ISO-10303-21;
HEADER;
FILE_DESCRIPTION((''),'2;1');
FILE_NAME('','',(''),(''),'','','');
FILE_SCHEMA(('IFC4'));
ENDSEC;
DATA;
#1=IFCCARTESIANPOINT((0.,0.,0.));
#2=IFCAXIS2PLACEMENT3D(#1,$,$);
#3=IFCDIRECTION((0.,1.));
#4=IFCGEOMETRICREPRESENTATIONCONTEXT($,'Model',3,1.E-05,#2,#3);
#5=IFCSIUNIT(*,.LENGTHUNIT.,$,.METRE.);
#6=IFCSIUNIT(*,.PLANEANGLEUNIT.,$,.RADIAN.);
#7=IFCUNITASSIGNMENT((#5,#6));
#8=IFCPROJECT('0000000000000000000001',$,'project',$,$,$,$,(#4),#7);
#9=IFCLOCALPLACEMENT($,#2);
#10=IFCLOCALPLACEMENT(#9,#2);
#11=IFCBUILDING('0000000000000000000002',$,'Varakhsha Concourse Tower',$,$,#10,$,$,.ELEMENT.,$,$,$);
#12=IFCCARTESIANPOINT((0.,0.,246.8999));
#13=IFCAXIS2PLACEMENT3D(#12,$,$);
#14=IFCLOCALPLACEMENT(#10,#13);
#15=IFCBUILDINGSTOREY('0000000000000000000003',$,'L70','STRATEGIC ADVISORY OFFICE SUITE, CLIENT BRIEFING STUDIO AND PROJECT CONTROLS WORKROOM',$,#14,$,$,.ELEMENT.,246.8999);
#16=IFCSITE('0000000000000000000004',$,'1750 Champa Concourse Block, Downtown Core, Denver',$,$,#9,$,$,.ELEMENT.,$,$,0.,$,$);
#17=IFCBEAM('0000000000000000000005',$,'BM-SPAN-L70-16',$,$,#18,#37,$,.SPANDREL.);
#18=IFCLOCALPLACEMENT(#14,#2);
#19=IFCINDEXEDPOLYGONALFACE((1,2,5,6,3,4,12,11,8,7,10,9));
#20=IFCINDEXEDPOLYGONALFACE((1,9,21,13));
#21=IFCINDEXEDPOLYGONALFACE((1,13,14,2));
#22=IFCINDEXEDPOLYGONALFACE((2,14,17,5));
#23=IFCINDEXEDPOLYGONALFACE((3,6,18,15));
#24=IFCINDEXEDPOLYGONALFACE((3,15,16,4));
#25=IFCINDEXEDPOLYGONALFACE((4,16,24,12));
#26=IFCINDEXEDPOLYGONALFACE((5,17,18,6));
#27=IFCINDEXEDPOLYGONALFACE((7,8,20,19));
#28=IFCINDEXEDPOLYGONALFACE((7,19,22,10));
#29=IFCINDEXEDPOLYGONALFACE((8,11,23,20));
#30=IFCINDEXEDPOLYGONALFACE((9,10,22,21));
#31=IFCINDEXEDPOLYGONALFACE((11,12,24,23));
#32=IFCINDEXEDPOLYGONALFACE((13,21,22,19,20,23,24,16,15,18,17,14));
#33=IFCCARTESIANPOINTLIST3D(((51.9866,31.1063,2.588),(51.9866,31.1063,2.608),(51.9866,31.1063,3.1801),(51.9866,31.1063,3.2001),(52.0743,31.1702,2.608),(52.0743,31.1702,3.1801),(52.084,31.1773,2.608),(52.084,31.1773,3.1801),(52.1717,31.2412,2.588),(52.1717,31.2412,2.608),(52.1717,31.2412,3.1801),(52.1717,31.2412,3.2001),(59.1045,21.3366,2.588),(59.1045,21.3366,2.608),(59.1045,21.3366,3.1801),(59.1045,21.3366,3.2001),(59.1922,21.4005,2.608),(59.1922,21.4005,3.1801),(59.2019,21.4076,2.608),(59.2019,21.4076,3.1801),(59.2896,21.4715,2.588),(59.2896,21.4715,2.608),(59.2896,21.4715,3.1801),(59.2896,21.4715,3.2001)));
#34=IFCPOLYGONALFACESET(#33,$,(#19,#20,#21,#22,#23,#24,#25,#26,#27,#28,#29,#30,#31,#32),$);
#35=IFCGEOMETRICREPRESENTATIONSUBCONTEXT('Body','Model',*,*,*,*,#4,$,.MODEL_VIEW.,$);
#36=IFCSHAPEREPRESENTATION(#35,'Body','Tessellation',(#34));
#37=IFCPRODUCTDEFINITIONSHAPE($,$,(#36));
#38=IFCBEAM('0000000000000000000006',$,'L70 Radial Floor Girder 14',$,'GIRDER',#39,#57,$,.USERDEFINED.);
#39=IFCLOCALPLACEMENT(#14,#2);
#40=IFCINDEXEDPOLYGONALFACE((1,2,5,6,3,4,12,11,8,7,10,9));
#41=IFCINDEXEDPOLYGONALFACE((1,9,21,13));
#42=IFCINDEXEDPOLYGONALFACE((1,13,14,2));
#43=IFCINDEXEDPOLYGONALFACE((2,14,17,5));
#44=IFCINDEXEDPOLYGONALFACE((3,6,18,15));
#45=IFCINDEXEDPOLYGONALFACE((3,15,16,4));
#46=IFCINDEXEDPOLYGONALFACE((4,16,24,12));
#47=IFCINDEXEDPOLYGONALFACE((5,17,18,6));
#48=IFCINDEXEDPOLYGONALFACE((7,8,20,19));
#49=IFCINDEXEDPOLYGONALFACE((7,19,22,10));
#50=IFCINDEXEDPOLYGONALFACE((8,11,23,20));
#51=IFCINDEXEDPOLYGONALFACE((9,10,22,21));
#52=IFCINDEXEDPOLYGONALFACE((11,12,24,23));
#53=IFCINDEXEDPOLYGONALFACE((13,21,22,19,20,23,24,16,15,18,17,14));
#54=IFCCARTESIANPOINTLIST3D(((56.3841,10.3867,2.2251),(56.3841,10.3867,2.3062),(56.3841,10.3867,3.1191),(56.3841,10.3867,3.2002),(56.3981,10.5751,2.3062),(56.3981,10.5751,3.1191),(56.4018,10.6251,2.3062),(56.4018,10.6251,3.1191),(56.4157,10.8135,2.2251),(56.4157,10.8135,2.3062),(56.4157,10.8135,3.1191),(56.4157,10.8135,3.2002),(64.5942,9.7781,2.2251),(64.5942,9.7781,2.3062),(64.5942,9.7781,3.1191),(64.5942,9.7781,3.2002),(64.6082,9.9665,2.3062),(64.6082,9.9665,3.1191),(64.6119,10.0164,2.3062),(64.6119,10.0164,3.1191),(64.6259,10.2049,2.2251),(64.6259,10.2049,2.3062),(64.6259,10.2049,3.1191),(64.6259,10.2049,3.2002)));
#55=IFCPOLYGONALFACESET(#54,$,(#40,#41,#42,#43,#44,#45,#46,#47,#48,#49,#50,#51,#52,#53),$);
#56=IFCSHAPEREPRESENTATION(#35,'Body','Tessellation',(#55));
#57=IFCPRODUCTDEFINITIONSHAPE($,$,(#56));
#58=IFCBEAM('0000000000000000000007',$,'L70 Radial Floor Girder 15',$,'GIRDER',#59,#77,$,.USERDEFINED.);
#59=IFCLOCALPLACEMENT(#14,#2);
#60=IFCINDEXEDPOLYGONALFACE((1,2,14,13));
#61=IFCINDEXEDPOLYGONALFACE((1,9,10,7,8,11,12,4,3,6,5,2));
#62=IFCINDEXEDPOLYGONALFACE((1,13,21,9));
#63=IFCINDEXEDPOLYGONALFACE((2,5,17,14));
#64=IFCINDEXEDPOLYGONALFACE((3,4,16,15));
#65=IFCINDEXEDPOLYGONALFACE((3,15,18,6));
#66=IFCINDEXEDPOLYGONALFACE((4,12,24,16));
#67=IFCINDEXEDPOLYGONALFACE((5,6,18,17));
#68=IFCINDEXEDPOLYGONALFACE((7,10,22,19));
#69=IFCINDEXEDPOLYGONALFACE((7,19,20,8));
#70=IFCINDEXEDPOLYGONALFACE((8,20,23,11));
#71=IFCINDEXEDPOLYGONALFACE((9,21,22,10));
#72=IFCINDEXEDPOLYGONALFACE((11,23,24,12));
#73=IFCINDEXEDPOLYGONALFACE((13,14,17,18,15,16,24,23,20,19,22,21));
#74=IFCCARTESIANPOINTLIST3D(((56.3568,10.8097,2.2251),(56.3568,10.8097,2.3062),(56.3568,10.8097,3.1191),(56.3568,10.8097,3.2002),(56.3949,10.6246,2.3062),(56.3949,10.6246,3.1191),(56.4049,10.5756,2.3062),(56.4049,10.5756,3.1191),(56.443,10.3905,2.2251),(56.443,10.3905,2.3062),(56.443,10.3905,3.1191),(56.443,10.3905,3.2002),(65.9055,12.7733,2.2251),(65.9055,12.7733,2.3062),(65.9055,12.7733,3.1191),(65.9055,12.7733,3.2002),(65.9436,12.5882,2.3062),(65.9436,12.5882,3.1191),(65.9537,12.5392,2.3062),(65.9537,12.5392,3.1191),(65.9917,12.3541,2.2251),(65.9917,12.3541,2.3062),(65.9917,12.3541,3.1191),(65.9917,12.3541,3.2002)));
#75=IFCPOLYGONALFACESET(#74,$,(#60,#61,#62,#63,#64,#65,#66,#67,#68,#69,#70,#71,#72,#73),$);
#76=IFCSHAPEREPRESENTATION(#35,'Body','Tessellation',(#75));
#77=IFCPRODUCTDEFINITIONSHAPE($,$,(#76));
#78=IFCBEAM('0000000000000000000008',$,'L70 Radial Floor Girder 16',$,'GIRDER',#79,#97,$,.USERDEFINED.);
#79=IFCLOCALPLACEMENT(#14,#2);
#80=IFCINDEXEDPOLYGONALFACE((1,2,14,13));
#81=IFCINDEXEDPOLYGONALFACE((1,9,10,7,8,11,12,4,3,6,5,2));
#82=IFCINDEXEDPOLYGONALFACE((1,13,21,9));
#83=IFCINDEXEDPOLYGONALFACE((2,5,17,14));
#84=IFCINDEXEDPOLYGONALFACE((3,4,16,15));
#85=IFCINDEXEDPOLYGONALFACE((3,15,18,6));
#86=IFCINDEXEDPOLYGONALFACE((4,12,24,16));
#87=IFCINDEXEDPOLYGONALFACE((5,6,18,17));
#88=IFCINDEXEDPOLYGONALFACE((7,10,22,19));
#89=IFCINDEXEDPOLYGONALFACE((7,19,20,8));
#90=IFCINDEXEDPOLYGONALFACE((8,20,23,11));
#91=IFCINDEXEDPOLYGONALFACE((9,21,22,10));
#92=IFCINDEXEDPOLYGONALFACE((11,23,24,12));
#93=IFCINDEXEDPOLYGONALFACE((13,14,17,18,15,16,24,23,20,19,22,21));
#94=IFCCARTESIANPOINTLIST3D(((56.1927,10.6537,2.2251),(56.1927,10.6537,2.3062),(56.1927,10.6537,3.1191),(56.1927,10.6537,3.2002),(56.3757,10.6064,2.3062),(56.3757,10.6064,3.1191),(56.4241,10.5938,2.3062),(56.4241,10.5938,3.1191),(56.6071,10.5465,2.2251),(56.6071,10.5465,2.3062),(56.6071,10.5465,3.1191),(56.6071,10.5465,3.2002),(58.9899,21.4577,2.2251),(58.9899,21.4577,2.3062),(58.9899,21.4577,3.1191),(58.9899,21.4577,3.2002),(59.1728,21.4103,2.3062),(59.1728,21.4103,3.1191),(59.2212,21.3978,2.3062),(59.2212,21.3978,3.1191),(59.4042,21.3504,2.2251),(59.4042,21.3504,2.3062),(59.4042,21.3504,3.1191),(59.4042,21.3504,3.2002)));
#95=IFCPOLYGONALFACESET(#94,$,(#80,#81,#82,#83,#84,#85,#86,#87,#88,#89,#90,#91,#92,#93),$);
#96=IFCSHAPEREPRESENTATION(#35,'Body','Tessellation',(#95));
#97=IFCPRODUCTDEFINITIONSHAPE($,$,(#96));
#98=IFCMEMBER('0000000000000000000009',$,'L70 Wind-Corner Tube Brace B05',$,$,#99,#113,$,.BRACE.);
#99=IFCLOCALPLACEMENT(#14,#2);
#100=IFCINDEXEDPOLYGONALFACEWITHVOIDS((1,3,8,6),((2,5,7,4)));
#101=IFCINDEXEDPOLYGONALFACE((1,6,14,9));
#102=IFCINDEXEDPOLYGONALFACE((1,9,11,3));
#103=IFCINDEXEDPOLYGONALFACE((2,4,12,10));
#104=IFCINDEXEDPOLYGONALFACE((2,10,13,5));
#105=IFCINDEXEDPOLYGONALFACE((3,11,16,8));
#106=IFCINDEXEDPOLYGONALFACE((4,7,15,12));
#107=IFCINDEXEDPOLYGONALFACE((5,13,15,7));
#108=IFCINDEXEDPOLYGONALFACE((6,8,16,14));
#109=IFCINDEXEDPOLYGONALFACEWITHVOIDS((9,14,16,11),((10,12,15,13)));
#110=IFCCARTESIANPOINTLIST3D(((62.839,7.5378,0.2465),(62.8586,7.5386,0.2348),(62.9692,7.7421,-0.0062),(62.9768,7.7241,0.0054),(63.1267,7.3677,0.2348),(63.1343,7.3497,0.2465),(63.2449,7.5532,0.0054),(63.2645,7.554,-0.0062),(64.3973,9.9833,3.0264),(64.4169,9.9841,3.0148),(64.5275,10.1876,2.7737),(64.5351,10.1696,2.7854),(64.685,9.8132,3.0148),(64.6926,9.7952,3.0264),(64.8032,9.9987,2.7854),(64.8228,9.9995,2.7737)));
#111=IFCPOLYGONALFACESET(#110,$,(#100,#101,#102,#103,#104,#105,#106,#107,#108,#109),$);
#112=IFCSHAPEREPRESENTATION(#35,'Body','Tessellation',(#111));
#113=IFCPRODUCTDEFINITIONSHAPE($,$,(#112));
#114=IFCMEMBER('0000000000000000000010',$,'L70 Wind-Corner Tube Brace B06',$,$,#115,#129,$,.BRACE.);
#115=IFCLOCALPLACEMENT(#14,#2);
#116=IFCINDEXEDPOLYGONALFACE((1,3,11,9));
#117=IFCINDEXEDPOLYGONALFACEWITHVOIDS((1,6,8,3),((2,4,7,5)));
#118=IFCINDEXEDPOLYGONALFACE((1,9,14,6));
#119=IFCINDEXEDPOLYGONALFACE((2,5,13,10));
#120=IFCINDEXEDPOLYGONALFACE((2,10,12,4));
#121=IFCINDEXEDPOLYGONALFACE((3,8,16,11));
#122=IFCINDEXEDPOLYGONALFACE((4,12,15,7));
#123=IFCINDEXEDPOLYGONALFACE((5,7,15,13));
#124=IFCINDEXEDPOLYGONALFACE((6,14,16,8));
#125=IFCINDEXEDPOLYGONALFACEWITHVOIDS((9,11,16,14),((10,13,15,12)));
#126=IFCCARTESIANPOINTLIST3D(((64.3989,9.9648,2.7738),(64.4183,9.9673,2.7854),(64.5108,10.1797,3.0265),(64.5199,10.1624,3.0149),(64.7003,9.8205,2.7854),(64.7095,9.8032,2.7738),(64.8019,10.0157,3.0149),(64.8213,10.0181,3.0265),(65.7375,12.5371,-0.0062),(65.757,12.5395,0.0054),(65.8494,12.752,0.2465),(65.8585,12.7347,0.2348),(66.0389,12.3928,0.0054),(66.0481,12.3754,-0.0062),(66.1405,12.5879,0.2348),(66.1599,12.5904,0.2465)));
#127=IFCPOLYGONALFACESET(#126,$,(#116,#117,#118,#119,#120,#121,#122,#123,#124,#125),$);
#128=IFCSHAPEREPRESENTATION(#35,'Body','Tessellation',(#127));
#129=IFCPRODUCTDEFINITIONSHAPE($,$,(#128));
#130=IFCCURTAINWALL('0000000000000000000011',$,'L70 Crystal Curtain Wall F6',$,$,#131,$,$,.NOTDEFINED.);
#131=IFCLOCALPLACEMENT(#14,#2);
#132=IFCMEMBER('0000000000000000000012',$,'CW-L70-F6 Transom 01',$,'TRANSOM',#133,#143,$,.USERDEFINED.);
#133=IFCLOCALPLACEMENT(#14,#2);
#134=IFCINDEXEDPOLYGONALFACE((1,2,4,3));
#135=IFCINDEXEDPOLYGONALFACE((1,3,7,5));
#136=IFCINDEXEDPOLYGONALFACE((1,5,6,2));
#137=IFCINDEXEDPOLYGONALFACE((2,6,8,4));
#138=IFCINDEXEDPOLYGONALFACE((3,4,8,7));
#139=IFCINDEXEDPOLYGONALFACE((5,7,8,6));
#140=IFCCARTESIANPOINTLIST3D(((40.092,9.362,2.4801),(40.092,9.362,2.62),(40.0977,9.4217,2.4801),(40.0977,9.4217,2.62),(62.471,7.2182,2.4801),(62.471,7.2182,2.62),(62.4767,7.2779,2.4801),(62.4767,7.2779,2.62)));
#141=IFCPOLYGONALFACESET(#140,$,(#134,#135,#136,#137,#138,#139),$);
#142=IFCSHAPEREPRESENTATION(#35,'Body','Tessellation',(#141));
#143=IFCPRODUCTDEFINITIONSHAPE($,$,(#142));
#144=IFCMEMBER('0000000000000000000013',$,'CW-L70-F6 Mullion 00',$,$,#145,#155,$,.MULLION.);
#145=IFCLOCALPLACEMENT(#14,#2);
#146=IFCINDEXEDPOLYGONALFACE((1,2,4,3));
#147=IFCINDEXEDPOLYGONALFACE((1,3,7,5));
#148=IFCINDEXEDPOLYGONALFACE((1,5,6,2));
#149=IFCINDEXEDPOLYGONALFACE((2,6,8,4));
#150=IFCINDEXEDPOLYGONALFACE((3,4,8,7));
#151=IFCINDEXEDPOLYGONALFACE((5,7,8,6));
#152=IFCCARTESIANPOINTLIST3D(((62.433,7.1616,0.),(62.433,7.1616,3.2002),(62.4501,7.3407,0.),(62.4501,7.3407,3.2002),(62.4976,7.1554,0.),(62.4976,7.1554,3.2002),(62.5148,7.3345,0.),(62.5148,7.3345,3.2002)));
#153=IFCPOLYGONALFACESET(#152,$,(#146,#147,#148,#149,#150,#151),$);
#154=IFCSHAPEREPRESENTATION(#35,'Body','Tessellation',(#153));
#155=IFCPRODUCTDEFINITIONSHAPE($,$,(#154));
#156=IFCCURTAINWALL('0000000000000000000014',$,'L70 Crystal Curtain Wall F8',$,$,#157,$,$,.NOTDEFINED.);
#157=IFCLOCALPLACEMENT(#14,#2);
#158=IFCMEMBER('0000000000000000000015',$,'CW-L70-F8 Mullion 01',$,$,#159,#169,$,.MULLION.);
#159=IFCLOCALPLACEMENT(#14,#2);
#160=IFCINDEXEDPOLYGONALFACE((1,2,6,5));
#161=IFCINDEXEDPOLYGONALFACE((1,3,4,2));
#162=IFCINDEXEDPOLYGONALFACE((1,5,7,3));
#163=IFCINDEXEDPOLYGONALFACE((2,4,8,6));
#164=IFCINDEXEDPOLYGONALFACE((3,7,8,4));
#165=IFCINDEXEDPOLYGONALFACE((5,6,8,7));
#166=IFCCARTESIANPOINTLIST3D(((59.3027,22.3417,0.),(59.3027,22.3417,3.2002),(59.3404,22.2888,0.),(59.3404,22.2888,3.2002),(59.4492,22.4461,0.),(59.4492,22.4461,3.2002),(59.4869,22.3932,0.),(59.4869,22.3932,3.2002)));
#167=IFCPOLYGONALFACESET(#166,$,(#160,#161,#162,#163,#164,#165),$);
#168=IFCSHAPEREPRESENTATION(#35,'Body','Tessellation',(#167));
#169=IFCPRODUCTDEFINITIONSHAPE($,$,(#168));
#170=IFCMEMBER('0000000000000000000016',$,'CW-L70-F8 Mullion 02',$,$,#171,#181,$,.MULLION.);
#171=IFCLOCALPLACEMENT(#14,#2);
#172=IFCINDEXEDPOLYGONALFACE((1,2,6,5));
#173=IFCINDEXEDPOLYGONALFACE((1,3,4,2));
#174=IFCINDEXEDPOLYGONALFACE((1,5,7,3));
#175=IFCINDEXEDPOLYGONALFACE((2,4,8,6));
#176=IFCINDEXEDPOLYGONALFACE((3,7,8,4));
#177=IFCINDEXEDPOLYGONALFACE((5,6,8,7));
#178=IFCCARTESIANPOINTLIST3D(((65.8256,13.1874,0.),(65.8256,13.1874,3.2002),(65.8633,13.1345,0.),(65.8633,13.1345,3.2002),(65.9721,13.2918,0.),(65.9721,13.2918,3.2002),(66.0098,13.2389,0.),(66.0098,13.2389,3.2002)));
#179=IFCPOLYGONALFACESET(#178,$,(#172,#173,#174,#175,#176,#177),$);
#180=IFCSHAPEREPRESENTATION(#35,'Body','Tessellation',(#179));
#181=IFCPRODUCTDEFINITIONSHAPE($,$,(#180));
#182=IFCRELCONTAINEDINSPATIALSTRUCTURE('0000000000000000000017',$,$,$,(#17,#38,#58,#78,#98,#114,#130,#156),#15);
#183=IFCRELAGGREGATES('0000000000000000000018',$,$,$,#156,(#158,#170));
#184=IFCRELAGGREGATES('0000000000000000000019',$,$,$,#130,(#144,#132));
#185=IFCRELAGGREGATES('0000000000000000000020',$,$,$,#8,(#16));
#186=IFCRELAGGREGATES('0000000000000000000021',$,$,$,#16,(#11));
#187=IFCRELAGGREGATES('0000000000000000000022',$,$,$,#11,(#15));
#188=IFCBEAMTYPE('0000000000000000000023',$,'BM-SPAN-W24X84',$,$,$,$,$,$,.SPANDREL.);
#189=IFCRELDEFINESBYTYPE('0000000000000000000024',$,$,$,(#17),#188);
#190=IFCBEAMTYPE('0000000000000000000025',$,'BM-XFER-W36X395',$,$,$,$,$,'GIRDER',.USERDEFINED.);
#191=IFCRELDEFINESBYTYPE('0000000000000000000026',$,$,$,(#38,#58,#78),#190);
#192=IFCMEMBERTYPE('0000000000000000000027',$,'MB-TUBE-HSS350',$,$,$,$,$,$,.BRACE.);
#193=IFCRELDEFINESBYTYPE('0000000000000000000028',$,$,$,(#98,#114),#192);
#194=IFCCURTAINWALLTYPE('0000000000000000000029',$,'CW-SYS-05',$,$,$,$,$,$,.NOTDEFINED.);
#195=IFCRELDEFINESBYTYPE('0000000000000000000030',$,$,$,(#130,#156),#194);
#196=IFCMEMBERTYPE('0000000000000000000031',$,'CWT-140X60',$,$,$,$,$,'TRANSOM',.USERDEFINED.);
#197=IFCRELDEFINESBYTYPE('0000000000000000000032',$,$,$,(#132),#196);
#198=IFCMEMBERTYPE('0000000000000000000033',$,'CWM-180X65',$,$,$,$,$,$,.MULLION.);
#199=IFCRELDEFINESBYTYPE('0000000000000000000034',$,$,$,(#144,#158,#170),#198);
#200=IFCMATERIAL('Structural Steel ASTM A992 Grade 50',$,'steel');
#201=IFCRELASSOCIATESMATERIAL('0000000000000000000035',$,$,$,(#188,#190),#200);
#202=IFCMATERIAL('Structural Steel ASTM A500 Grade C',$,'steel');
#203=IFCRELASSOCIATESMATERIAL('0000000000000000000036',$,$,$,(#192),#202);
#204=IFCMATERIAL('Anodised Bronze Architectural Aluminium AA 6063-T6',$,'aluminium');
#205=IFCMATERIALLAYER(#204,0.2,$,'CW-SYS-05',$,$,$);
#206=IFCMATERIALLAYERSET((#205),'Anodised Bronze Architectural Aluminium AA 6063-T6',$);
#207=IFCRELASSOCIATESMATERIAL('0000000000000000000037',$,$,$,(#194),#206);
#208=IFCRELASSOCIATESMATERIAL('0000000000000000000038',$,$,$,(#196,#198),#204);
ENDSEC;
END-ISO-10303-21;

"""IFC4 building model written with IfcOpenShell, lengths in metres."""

from ifc_helpers import new_model, si_unit, direction, frame, origin, origin_2d, place, context, subcontext, project, spatial, rectangle, hollow_rectangle, i_section, extrude, source, transform, mapped, material, layer, layer_set, material_profile, profile_set, type_object, type_shapes, element, aggregate, save


model = new_model("IFC4")

# Units and contexts
model_context = context("Model", 3, precision=1e-05, world=origin(), true_north=direction((0.0, 1.0)))
body_context = subcontext(model_context, "Body", "Model", "MODEL_VIEW")
ifc_project = project(units=[si_unit("LENGTHUNIT", "METRE"), si_unit("PLANEANGLEUNIT", "RADIAN")], contexts=[model_context])

# Site, building, storey
site_placement = place(None, origin())
site = spatial("IfcSite", under=ifc_project, at=site_placement, Name="1750 Champa Concourse Block, Downtown Core, Denver", CompositionType="ELEMENT", RefElevation=0.0)
building_placement = place(site_placement, origin())
building = spatial("IfcBuilding", under=site, at=building_placement, Name="Varakhsha Concourse Tower", CompositionType="ELEMENT")
storey_placement = place(building_placement, frame((0.0, 0.0, 246.8999)))
storey = spatial("IfcBuildingStorey", under=building, at=storey_placement, Name="L70", Description="STRATEGIC ADVISORY OFFICE SUITE, CLIENT BRIEFING STUDIO AND PROJECT CONTROLS WORKROOM", CompositionType="ELEMENT", Elevation=246.8999)

# Beams
ifc_material_1 = material(Name="Structural Steel ASTM A992 Grade 50", Category="steel")
ifc_material_profile_1 = material_profile(ifc_material_1, i_section(OverallWidth=0.229, OverallDepth=0.6121, WebThickness=0.012, FlangeThickness=0.02, at=origin_2d()), Name="W24X84")
ifc_profile_set_1 = profile_set([ifc_material_profile_1], Name="Structural Steel ASTM A992 Grade 50")
beam_type_1 = type_object("IfcBeamType", Name="BM-SPAN-W24X84", PredefinedType="SPANDREL", material=ifc_profile_set_1)
beam_1_placement = place(storey_placement, frame((59.197, 21.4041, 2.894), z_axis=(-0.588855, 0.808239, 0.0), x_axis=(-0.808239, -0.588855, 0.0)))
element("IfcBeam", 1, at=beam_1_placement, inside=storey, type_object=beam_type_1, Name="BM-SPAN-L70-16", PredefinedType="SPANDREL", context=body_context, shape_type="SweptSolid", body=[
    extrude(i_section(OverallWidth=0.229, OverallDepth=0.6121, WebThickness=0.012, FlangeThickness=0.02, at=origin_2d()), origin(), (0.0, 0.0, 1.0), 12.0876),
])
ifc_material_profile_2 = material_profile(ifc_material_1, i_section(OverallWidth=0.428, OverallDepth=0.9751, WebThickness=0.05, FlangeThickness=0.0811, at=origin_2d()), Name="W36X395")
ifc_profile_set_2 = profile_set([ifc_material_profile_2], Name="Structural Steel ASTM A992 Grade 50")
beam_type_2 = type_object("IfcBeamType", Name="BM-XFER-W36X395", ElementType="GIRDER", PredefinedType="USERDEFINED", material=ifc_profile_set_2)
beam_2_placement = place(storey_placement, frame((56.3999, 10.6001, 2.7126), z_axis=(0.997263, -0.07393, 0.0), x_axis=(0.07393, 0.997263, 0.0)))
element("IfcBeam", 2, at=beam_2_placement, inside=storey, type_object=beam_type_2, Name="L70 Radial Floor Girder 14", ObjectType="GIRDER", PredefinedType="USERDEFINED", context=body_context, shape_type="SweptSolid", body=[
    extrude(i_section(OverallWidth=0.428, OverallDepth=0.9751, WebThickness=0.05, FlangeThickness=0.0811, at=origin_2d()), origin(), (0.0, 0.0, 1.0), 8.2327),
])
beam_3_placement = place(storey_placement, frame((56.3999, 10.6001, 2.7126), z_axis=(0.979504, 0.201425, 0.0), x_axis=(-0.201425, 0.979504, 0.0)))
element("IfcBeam", 3, at=beam_3_placement, inside=storey, type_object=beam_type_2, Name="L70 Radial Floor Girder 15", ObjectType="GIRDER", PredefinedType="USERDEFINED", context=body_context, shape_type="SweptSolid", body=[
    extrude(i_section(OverallWidth=0.428, OverallDepth=0.9751, WebThickness=0.05, FlangeThickness=0.0811, at=origin_2d()), origin(), (0.0, 0.0, 1.0), 9.7485),
])
beam_4_placement = place(storey_placement, frame((56.3999, 10.6001, 2.7126), z_axis=(0.250634, 0.968082, 0.0), x_axis=(-0.968082, 0.250634, 0.0)))
element("IfcBeam", 4, at=beam_4_placement, inside=storey, type_object=beam_type_2, Name="L70 Radial Floor Girder 16", ObjectType="GIRDER", PredefinedType="USERDEFINED", context=body_context, shape_type="SweptSolid", body=[
    extrude(i_section(OverallWidth=0.428, OverallDepth=0.9751, WebThickness=0.05, FlangeThickness=0.0811, at=origin_2d()), origin(), (0.0, 0.0, 1.0), 11.1602),
])

# Members
ifc_material_2 = material(Name="Structural Steel ASTM A500 Grade C", Category="steel")
ifc_material_profile_3 = material_profile(ifc_material_2, hollow_rectangle(XDim=0.3501, YDim=0.3501, WallThickness=0.0161, at=origin_2d()), Name="HSS 350x350x16")
ifc_profile_set_3 = profile_set([ifc_material_profile_3], Name="Structural Steel ASTM A500 Grade C")
member_type_1 = type_object("IfcMemberType", Name="MB-TUBE-HSS350", PredefinedType="BRACE", material=ifc_profile_set_3)
shared_shape_1 = source(origin(), body_context, "Body", "SweptSolid", [
    extrude(hollow_rectangle(XDim=0.3501, YDim=0.3501, WallThickness=0.0161, at=origin_2d()), origin(), (0.0, 0.0, 1.0), 4.0171),
])
type_shapes(member_type_1, [shared_shape_1])
for number, where, z_axis, x_axis, name in (
    (5, (63.0518, 7.5459, 0.1201), (0.387921, 0.608774, 0.692034), (-0.843335, 0.537387, 0.0), "L70 Wind-Corner Tube Brace B05"),
    (6, (65.9487, 12.5637, 0.1201), (-0.333232, -0.64033, 0.69205), (0.887069, -0.461636, 0.0), "L70 Wind-Corner Tube Brace B06"),
):
    element("IfcMember", number, at=place(storey_placement, frame(where, z_axis=z_axis, x_axis=x_axis)), inside=storey, type_object=member_type_1, Name=name, PredefinedType="BRACE", context=body_context, shape_type="MappedRepresentation", body=[
        mapped(shared_shape_1, transform((0.0, 0.0, 0.0), scale=1.0)),
    ])

# Curtain walls, members
ifc_material_3 = material(Name="Anodised Bronze Architectural Aluminium AA 6063-T6", Category="aluminium")
ifc_layer_1 = layer(ifc_material_3, 0.2, Name="CW-SYS-05")
ifc_layer_set_1 = layer_set([ifc_layer_1], Name="Anodised Bronze Architectural Aluminium AA 6063-T6")
curtain_wall_type = type_object("IfcCurtainWallType", Name="CW-SYS-05", PredefinedType="NOTDEFINED", material=ifc_layer_set_1)
curtain_wall_1_placement = place(storey_placement, origin())
curtain_wall_1 = element("IfcCurtainWall", 7, at=curtain_wall_1_placement, inside=storey, type_object=curtain_wall_type, Name="L70 Crystal Curtain Wall F6", PredefinedType="NOTDEFINED")
ifc_material_profile_4 = material_profile(ifc_material_3, rectangle(XDim=0.0601, YDim=0.1399, at=origin_2d()), Name="CWT-140X60")
ifc_profile_set_4 = profile_set([ifc_material_profile_4], Name="Anodised Bronze Architectural Aluminium AA 6063-T6")
member_type_2 = type_object("IfcMemberType", Name="CWT-140X60", ElementType="TRANSOM", PredefinedType="USERDEFINED", material=ifc_profile_set_4)
shared_shape_2 = source(origin(), body_context, "Body", "SweptSolid", [
    extrude(rectangle(XDim=0.0601, YDim=0.1399, at=origin_2d()), origin(), (0.0, 0.0, 1.0), 22.4814),
])
type_shapes(member_type_2, [shared_shape_2])
member_1_placement = place(storey_placement, frame((62.4739, 7.248, 2.55), z_axis=(-0.995443, 0.095359, 0.0), x_axis=(-0.095359, -0.995443, 0.0)))
member_1 = element("IfcMember", 8, at=member_1_placement, type_object=member_type_2, Name="CW-L70-F6 Transom 01", ObjectType="TRANSOM", PredefinedType="USERDEFINED", context=body_context, shape_type="MappedRepresentation", body=[
    mapped(shared_shape_2, transform((0.0, 0.0, 0.0), scale=1.0)),
])
ifc_material_profile_5 = material_profile(ifc_material_3, rectangle(XDim=0.0649, YDim=0.1799, at=origin_2d()), Name="CWM-180X65")
ifc_profile_set_5 = profile_set([ifc_material_profile_5], Name="Anodised Bronze Architectural Aluminium AA 6063-T6")
member_type_3 = type_object("IfcMemberType", Name="CWM-180X65", PredefinedType="MULLION", material=ifc_profile_set_5)
shared_shape_3 = source(origin(), body_context, "Body", "SweptSolid", [
    extrude(rectangle(XDim=0.0649, YDim=0.1799, at=origin_2d()), origin(), (0.0, 0.0, 1.0), 3.2002),
])
type_shapes(member_type_3, [shared_shape_3])
member_2_placement = place(storey_placement, frame((62.4739, 7.248, 0.0), z_axis=(0.0, 0.0, 1.0), x_axis=(-0.995443, 0.095363, 0.0)))
member_2 = element("IfcMember", 9, at=member_2_placement, type_object=member_type_3, Name="CW-L70-F6 Mullion 00", PredefinedType="MULLION", context=body_context, shape_type="MappedRepresentation", body=[
    mapped(shared_shape_3, transform((0.0, 0.0, 0.0), scale=1.0)),
])
curtain_wall_2_placement = place(storey_placement, origin())
curtain_wall_2 = element("IfcCurtainWall", 10, at=curtain_wall_2_placement, inside=storey, type_object=curtain_wall_type, Name="L70 Crystal Curtain Wall F8", PredefinedType="NOTDEFINED")
member_3_placement = place(storey_placement, frame((59.3948, 22.3674, 0.0), z_axis=(0.0, 0.0, 1.0), x_axis=(0.580306, -0.814398, 0.0)))
member_3 = element("IfcMember", 11, at=member_3_placement, type_object=member_type_3, Name="CW-L70-F8 Mullion 01", PredefinedType="MULLION", context=body_context, shape_type="MappedRepresentation", body=[
    mapped(shared_shape_3, transform((0.0, 0.0, 0.0), scale=1.0)),
])
member_4_placement = place(storey_placement, frame((65.9177, 13.2131, 0.0), z_axis=(0.0, 0.0, 1.0), x_axis=(0.580306, -0.814398, 0.0)))
member_4 = element("IfcMember", 12, at=member_4_placement, type_object=member_type_3, Name="CW-L70-F8 Mullion 02", PredefinedType="MULLION", context=body_context, shape_type="MappedRepresentation", body=[
    mapped(shared_shape_3, transform((0.0, 0.0, 0.0), scale=1.0)),
])

aggregate(curtain_wall_2, [member_3, member_4])
aggregate(curtain_wall_1, [member_2, member_1])

save(model, "model.ifc")
